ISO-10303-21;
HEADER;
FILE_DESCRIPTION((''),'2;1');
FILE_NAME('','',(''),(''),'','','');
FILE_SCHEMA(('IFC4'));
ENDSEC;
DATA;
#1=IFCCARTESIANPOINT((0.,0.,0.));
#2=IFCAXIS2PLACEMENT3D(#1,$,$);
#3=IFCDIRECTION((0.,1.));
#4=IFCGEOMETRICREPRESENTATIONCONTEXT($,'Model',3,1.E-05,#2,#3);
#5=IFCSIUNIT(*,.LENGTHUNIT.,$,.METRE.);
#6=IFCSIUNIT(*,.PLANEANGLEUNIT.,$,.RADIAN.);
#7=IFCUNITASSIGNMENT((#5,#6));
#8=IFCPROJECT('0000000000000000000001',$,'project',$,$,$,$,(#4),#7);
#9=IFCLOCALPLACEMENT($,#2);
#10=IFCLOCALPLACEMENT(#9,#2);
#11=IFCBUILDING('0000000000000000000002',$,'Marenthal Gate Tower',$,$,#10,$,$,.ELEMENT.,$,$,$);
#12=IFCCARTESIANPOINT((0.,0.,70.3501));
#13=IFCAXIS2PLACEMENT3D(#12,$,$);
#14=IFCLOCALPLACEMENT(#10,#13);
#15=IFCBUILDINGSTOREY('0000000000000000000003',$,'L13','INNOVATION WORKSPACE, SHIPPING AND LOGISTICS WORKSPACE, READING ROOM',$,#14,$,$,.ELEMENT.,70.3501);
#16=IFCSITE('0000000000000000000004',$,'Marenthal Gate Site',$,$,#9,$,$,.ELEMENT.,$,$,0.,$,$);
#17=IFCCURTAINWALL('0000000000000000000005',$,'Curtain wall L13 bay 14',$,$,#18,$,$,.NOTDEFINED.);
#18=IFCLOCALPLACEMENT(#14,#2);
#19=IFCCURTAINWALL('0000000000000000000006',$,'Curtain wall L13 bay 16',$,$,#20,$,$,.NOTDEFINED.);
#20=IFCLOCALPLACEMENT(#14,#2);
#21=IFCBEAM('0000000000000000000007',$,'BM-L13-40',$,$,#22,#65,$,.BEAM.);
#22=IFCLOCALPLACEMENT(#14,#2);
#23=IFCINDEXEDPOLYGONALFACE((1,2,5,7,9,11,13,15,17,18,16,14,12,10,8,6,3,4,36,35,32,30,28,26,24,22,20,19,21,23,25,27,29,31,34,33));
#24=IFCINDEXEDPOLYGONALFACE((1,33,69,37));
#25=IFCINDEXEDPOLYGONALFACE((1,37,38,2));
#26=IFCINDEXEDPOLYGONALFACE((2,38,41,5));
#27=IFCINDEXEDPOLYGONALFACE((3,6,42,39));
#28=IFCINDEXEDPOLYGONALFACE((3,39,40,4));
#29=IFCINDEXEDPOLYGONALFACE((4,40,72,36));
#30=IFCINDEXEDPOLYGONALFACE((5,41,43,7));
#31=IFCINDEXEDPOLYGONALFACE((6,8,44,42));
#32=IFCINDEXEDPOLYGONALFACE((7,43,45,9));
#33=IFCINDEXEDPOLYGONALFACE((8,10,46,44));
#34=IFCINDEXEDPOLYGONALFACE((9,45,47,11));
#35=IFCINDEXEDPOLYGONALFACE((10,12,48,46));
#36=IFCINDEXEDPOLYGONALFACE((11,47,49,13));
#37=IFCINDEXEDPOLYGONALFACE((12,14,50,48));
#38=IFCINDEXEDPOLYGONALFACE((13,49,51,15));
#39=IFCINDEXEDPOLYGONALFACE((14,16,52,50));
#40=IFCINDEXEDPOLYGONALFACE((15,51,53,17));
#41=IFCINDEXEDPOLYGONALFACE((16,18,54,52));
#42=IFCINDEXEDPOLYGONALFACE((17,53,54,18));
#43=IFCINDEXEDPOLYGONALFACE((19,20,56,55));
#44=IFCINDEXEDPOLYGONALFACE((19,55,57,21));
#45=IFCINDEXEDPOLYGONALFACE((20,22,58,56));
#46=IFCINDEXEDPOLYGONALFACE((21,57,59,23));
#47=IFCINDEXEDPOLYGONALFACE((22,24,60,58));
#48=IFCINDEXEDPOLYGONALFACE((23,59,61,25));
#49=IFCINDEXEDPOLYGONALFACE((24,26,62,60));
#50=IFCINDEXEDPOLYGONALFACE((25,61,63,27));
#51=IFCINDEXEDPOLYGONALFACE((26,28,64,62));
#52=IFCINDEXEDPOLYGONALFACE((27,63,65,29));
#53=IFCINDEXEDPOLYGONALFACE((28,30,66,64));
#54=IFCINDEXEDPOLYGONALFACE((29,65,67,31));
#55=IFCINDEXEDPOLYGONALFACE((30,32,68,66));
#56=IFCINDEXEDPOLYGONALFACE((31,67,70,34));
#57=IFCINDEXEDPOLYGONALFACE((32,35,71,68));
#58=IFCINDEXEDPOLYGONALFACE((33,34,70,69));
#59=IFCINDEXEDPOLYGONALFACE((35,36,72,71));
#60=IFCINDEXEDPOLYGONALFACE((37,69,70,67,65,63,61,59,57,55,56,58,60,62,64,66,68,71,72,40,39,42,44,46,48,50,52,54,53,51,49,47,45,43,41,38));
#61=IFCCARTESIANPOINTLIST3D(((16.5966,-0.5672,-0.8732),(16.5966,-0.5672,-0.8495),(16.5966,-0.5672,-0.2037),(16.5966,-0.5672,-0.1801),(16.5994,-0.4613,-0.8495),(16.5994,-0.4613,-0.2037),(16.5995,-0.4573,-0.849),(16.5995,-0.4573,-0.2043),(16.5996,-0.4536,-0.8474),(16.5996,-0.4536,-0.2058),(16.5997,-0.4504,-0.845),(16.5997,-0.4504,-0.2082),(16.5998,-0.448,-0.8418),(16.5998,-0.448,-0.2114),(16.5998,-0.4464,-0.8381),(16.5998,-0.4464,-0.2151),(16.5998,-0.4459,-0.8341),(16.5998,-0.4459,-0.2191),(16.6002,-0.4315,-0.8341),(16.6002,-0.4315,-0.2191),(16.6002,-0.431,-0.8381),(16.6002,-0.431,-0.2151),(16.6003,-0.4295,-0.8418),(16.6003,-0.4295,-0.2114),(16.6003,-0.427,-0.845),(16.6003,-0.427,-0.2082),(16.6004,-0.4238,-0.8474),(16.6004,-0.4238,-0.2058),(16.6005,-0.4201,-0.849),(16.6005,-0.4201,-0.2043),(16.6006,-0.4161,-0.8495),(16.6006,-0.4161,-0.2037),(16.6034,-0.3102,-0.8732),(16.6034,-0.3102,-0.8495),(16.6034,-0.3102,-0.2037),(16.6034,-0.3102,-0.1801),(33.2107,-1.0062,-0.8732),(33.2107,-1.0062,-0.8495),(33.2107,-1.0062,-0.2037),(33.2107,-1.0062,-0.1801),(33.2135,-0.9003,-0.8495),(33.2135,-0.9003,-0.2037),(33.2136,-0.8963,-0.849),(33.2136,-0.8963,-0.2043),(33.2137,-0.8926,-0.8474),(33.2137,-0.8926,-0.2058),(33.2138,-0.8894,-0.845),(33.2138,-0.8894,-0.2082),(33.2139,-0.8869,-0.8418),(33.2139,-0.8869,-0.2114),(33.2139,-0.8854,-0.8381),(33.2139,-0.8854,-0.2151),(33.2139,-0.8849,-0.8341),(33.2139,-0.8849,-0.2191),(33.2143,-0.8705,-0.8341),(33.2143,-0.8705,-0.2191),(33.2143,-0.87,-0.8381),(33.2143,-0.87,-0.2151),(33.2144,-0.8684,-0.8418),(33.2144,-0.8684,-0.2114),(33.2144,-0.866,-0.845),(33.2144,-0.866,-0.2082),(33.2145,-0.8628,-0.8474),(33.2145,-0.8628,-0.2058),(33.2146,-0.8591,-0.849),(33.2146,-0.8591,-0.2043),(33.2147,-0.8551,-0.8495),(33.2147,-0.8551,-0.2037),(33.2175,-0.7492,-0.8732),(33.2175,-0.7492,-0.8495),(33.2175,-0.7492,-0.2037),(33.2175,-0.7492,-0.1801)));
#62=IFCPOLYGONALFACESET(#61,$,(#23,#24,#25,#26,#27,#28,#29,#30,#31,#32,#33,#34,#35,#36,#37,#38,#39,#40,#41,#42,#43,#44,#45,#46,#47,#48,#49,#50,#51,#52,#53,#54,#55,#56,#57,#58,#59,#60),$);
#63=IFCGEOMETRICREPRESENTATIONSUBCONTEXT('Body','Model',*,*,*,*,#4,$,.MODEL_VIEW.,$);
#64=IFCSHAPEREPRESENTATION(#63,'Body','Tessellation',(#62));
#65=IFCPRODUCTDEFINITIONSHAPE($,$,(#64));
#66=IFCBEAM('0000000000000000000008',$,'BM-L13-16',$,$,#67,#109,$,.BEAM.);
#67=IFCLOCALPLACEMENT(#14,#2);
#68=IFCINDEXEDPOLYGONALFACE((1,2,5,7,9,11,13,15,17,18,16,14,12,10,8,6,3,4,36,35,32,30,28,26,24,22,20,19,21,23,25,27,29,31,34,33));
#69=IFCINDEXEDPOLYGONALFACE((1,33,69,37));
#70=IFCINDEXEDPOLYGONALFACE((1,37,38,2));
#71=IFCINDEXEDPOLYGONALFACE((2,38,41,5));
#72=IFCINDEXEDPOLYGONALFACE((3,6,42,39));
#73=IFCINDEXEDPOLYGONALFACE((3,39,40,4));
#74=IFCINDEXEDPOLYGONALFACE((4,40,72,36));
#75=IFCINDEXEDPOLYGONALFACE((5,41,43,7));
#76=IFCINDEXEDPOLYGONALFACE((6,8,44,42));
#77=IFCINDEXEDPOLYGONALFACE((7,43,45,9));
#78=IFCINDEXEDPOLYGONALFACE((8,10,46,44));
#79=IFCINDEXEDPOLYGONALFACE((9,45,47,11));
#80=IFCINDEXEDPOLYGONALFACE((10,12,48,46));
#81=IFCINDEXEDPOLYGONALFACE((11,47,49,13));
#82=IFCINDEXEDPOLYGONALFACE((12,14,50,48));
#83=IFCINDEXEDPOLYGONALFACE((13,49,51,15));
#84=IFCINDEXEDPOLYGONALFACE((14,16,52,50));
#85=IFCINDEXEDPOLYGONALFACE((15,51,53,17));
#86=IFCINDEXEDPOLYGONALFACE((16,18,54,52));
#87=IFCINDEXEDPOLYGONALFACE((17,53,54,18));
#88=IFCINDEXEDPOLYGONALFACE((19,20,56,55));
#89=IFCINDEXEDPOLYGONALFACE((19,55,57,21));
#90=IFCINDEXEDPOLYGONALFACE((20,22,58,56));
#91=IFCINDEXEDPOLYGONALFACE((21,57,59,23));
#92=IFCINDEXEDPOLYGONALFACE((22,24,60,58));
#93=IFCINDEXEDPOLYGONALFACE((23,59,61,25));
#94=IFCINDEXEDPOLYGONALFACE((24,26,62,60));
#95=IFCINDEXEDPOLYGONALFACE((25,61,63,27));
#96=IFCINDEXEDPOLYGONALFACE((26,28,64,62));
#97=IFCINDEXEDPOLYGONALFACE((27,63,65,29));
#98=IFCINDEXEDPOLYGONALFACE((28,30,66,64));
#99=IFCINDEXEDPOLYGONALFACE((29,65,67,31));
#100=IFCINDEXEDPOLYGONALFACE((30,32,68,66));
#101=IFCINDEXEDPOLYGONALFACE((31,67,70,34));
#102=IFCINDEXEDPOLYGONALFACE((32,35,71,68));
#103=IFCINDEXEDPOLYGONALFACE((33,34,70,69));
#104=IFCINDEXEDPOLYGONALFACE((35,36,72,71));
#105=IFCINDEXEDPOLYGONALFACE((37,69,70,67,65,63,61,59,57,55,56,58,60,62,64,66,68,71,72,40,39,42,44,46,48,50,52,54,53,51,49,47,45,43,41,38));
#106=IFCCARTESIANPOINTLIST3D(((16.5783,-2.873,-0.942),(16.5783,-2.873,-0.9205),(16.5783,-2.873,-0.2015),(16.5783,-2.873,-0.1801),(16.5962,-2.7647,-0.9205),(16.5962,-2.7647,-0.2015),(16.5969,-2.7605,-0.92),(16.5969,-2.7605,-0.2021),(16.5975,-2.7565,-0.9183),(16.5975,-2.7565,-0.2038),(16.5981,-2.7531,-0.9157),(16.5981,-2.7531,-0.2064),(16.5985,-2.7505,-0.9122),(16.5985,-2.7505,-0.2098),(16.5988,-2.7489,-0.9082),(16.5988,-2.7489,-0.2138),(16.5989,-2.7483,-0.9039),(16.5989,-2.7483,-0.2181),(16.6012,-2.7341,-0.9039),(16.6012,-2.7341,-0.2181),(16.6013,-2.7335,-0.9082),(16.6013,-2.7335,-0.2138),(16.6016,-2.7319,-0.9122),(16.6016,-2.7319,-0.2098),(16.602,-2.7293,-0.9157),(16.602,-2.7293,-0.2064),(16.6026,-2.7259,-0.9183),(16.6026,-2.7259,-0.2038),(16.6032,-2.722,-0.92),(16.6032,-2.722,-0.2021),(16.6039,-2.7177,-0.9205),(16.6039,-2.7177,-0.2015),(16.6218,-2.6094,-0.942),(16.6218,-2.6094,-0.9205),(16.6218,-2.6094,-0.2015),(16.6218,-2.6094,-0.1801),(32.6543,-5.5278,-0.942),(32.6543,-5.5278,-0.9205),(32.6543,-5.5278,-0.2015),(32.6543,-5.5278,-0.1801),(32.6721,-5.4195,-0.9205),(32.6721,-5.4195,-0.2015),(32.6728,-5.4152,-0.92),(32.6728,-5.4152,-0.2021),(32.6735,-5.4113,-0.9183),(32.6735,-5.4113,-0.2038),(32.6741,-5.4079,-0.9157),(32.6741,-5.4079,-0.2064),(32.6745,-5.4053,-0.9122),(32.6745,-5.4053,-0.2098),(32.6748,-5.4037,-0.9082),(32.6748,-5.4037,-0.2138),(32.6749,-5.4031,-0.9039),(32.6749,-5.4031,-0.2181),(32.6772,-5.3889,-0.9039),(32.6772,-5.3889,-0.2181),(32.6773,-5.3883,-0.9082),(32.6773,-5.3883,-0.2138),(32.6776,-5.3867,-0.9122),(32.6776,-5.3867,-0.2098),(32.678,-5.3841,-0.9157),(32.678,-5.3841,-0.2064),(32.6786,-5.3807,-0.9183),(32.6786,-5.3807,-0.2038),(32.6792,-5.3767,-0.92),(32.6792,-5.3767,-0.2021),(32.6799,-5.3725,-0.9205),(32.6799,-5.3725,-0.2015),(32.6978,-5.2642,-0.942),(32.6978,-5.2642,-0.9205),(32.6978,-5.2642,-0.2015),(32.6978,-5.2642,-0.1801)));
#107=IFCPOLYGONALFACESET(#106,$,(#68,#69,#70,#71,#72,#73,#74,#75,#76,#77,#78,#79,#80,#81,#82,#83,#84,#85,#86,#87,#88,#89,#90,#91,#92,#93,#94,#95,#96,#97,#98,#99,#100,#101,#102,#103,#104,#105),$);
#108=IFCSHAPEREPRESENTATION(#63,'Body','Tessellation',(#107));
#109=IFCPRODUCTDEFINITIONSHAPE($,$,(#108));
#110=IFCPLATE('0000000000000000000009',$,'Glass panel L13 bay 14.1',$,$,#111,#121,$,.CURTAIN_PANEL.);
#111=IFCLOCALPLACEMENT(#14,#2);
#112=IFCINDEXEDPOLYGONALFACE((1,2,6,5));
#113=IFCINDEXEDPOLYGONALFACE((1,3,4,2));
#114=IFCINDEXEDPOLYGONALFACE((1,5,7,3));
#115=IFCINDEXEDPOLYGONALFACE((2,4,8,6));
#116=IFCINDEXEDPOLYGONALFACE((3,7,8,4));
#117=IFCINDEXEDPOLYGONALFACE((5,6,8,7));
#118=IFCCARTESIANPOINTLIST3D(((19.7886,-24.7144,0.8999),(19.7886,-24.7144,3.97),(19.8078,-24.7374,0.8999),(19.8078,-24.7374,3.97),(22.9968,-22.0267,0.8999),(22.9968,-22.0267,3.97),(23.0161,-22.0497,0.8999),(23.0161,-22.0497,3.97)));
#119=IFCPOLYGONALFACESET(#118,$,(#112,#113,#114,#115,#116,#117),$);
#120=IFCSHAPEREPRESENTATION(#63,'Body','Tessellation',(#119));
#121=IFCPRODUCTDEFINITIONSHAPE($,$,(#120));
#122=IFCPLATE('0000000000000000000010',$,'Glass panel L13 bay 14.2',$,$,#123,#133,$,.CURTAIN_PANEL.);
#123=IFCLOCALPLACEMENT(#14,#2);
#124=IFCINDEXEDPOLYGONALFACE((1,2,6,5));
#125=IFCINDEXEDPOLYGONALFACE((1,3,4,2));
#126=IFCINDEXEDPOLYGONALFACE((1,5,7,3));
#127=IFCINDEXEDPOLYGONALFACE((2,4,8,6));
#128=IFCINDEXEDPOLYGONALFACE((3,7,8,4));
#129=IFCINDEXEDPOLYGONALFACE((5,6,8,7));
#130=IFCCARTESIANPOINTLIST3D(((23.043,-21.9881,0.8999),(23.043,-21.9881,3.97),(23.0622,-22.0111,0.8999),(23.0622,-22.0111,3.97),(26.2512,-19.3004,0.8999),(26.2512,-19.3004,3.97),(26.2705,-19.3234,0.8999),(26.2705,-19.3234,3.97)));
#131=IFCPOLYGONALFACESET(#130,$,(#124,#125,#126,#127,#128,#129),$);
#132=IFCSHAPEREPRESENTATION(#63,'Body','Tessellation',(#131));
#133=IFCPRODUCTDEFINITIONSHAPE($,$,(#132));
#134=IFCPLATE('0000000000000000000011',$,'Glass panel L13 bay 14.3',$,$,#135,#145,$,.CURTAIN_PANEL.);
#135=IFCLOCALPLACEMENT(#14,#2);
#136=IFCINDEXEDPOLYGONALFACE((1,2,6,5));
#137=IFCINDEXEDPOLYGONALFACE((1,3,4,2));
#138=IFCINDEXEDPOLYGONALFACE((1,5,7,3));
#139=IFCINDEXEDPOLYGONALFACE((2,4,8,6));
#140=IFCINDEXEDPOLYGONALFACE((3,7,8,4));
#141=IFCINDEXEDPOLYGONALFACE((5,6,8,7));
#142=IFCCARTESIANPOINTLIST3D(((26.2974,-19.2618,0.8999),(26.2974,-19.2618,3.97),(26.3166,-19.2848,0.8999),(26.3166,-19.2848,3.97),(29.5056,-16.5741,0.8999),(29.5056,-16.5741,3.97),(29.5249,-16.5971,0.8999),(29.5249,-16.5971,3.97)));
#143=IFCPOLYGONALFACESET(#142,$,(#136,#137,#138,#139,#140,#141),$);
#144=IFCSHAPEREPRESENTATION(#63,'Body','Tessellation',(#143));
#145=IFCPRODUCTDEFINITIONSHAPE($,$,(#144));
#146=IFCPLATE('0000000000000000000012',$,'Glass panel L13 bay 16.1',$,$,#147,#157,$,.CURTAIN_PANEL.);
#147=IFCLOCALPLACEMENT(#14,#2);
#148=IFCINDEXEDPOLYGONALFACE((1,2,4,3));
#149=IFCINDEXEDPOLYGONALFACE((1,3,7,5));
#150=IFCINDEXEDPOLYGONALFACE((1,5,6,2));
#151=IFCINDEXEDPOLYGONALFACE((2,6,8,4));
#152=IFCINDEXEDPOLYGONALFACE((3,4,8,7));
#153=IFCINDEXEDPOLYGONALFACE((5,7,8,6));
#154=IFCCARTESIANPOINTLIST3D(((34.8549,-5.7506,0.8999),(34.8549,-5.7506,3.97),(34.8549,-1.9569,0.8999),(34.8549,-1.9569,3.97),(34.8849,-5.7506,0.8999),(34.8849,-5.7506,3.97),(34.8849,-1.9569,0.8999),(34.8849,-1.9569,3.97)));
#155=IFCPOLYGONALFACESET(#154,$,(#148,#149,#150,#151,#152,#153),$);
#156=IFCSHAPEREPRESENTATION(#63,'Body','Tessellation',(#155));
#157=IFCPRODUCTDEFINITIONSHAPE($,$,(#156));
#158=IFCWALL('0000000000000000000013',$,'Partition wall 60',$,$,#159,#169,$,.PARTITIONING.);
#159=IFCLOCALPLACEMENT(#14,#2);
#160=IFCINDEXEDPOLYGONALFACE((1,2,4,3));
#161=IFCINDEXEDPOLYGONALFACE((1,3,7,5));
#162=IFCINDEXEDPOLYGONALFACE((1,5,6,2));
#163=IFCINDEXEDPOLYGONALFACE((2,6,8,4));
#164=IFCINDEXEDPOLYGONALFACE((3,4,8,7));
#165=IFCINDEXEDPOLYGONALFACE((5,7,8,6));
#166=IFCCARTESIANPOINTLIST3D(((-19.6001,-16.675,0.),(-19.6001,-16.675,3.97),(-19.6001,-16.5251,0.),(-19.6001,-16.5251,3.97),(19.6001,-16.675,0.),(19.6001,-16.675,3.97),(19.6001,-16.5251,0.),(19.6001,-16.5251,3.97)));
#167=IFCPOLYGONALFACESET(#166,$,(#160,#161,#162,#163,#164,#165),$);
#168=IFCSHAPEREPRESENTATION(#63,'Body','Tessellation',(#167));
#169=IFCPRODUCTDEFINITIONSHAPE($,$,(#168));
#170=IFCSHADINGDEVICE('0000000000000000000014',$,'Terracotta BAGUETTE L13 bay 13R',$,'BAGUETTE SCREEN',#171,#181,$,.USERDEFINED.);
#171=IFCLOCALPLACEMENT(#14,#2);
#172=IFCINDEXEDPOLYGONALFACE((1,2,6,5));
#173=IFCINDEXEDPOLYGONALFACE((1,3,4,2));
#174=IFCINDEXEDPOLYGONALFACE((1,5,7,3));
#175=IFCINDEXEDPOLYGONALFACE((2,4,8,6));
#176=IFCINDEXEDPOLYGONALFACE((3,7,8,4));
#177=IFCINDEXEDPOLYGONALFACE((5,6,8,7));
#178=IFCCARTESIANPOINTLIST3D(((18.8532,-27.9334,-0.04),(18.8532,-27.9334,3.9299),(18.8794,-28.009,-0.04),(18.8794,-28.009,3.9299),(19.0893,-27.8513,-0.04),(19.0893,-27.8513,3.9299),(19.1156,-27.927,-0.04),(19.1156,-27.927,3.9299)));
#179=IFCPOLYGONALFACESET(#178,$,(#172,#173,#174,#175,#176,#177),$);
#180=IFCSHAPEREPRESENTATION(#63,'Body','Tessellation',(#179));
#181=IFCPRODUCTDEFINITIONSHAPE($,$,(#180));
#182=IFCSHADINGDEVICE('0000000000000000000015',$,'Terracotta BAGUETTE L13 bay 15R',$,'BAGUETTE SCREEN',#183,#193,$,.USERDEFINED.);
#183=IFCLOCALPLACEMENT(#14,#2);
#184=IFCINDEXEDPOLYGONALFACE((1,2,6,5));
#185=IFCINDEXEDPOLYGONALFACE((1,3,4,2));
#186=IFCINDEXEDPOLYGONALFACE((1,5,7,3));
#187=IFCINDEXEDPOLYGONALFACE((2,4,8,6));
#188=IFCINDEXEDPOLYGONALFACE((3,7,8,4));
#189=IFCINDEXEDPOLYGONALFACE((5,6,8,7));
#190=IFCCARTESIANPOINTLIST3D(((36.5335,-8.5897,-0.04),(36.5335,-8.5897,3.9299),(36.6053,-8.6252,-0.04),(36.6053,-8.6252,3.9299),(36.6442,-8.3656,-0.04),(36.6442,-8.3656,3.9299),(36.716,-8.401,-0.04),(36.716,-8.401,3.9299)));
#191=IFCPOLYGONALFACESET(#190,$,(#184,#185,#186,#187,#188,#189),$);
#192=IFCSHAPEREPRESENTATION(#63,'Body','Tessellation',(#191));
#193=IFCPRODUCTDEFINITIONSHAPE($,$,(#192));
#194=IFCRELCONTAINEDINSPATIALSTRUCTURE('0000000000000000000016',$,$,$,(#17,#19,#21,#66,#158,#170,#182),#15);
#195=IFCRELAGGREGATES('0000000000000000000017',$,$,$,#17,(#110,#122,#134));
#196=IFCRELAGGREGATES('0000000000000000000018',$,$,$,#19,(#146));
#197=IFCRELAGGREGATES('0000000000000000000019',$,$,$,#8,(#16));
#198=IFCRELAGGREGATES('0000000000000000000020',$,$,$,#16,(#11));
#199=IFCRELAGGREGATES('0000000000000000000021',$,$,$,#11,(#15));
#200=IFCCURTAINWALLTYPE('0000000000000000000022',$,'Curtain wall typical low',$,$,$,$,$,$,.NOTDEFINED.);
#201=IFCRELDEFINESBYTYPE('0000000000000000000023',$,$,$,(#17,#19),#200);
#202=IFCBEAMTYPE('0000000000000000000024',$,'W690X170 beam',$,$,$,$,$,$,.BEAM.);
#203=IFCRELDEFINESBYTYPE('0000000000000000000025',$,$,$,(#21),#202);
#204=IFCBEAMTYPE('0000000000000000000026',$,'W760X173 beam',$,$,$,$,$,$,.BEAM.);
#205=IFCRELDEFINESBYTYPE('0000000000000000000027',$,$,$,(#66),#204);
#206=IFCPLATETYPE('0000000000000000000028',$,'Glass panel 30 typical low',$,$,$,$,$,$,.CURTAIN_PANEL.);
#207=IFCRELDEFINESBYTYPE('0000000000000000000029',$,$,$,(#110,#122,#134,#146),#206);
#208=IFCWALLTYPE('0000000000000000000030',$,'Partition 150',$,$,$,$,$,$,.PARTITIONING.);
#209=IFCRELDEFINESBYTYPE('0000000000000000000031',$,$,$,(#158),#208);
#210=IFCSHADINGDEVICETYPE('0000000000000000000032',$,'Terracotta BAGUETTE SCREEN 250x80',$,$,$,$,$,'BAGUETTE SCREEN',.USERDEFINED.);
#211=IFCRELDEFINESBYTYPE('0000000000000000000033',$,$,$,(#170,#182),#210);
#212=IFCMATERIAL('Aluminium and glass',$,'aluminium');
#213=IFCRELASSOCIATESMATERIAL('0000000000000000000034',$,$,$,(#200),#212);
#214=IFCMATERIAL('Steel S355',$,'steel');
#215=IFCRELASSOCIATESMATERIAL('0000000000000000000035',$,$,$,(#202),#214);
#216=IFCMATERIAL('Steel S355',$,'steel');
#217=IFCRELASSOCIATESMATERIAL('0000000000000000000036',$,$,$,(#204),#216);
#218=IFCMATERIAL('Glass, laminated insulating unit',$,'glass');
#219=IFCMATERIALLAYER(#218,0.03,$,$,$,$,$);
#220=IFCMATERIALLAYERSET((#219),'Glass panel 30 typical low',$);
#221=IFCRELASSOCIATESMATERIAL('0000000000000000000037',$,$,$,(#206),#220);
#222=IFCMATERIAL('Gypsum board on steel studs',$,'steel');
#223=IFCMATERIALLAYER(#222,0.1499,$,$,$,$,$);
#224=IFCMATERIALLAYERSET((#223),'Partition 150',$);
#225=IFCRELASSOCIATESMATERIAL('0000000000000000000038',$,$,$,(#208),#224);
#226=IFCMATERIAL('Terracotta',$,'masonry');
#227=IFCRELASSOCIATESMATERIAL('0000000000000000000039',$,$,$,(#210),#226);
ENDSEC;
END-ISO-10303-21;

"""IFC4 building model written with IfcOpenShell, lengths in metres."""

from ifc_helpers import new_model, si_unit, direction, frame, frame_2d, origin, origin_2d, place, context, subcontext, project, spatial, rectangle, i_section, extrude, material, layer, layer_set, material_profile, profile_set, type_object, element, aggregate, save


model = new_model("IFC4")

# Units and contexts
model_context = context("Model", 3, precision=1e-05, world=origin(), true_north=direction((0.0, 1.0)))
body_context = subcontext(model_context, "Body", "Model", "MODEL_VIEW")
ifc_project = project(units=[si_unit("LENGTHUNIT", "METRE"), si_unit("PLANEANGLEUNIT", "RADIAN")], contexts=[model_context])

# Site, building, storey
site_placement = place(None, origin())
site = spatial("IfcSite", under=ifc_project, at=site_placement, Name="Marenthal Gate Site", CompositionType="ELEMENT", RefElevation=0.0)
building_placement = place(site_placement, origin())
building = spatial("IfcBuilding", under=site, at=building_placement, Name="Marenthal Gate Tower", CompositionType="ELEMENT")
storey_placement = place(building_placement, frame((0.0, 0.0, 70.3501)))
storey = spatial("IfcBuildingStorey", under=building, at=storey_placement, Name="L13", Description="INNOVATION WORKSPACE, SHIPPING AND LOGISTICS WORKSPACE, READING ROOM", CompositionType="ELEMENT", Elevation=70.3501)

# Curtain walls
ifc_material_1 = material(Name="Aluminium and glass", Category="aluminium")
curtain_wall_type = type_object("IfcCurtainWallType", Name="Curtain wall typical low", PredefinedType="NOTDEFINED", material=ifc_material_1)
curtain_wall_1_placement = place(storey_placement, origin())
curtain_wall_1 = element("IfcCurtainWall", 1, at=curtain_wall_1_placement, inside=storey, type_object=curtain_wall_type, Name="Curtain wall L13 bay 14", PredefinedType="NOTDEFINED")
curtain_wall_2_placement = place(storey_placement, origin())
curtain_wall_2 = element("IfcCurtainWall", 2, at=curtain_wall_2_placement, inside=storey, type_object=curtain_wall_type, Name="Curtain wall L13 bay 16", PredefinedType="NOTDEFINED")

# Beams
ifc_material_2 = material(Name="Steel S355", Category="steel")
ifc_material_profile_1 = material_profile(ifc_material_2, i_section(OverallWidth=0.2571, OverallDepth=0.6931, WebThickness=0.0144, FlangeThickness=0.0237, FilletRadius=0.0154, at=origin_2d()), Name="W690X170")
ifc_profile_set_1 = profile_set([ifc_material_profile_1], Name="Steel S355")
beam_type_1 = type_object("IfcBeamType", Name="W690X170 beam", PredefinedType="BEAM", material=ifc_profile_set_1)
beam_1_placement = place(storey_placement, frame((33.2141, -0.8777, -0.5266), z_axis=(-0.999651, 0.026412, 0.0), x_axis=(-0.026412, -0.999651, 0.0)))
element("IfcBeam", 3, at=beam_1_placement, inside=storey, type_object=beam_type_1, Name="BM-L13-40", PredefinedType="BEAM", context=body_context, shape_type="SweptSolid", body=[
    extrude(i_section(OverallWidth=0.2571, OverallDepth=0.6931, WebThickness=0.0144, FlangeThickness=0.0237, FilletRadius=0.0154, at=origin_2d()), origin(), (0.0, 0.0, 1.0), 16.6199),
])
ifc_material_3 = material(Name="Steel S355", Category="steel")
ifc_material_profile_2 = material_profile(ifc_material_3, i_section(OverallWidth=0.2671, OverallDepth=0.762, WebThickness=0.0144, FlangeThickness=0.0215, FilletRadius=0.0166, at=origin_2d()), Name="W760X173")
ifc_profile_set_2 = profile_set([ifc_material_profile_2], Name="Steel S355")
beam_type_2 = type_object("IfcBeamType", Name="W760X173 beam", PredefinedType="BEAM", material=ifc_profile_set_2)
beam_2_placement = place(storey_placement, frame((32.676, -5.396, -0.561), z_axis=(-0.986637, 0.162934, 0.0), x_axis=(-0.162934, -0.986637, 0.0)))
element("IfcBeam", 4, at=beam_2_placement, inside=storey, type_object=beam_type_2, Name="BM-L13-16", PredefinedType="BEAM", context=body_context, shape_type="SweptSolid", body=[
    extrude(i_section(OverallWidth=0.2671, OverallDepth=0.762, WebThickness=0.0144, FlangeThickness=0.0215, FilletRadius=0.0166, at=origin_2d()), origin(), (0.0, 0.0, 1.0), 16.2937),
])

# Plates
ifc_material_4 = material(Name="Glass, laminated insulating unit", Category="glass")
ifc_layer_1 = layer(ifc_material_4, 0.03)
ifc_layer_set_1 = layer_set([ifc_layer_1], Name="Glass panel 30 typical low")
plate_type = type_object("IfcPlateType", Name="Glass panel 30 typical low", PredefinedType="CURTAIN_PANEL", material=ifc_layer_set_1)
plate_1_placement = place(storey_placement, frame((21.4023, -23.3821, 0.8999), z_axis=(0.0, 0.0, 1.0), x_axis=(0.766557, 0.642176, 0.0)))
plate_1 = element("IfcPlate", 5, at=plate_1_placement, type_object=plate_type, Name="Glass panel L13 bay 14.1", PredefinedType="CURTAIN_PANEL", context=body_context, shape_type="SweptSolid", body=[
    extrude(rectangle(XDim=4.1853, YDim=0.03, at=origin_2d()), origin(), (0.0, 0.0, 1.0), 3.0701),
])
plate_2_placement = place(storey_placement, frame((24.6567, -20.6558, 0.8999), z_axis=(0.0, 0.0, 1.0), x_axis=(0.766557, 0.642176, 0.0)))
plate_2 = element("IfcPlate", 6, at=plate_2_placement, type_object=plate_type, Name="Glass panel L13 bay 14.2", PredefinedType="CURTAIN_PANEL", context=body_context, shape_type="SweptSolid", body=[
    extrude(rectangle(XDim=4.1853, YDim=0.03, at=origin_2d()), origin(), (0.0, 0.0, 1.0), 3.0701),
])
plate_3_placement = place(storey_placement, frame((27.9111, -17.9294, 0.8999), z_axis=(0.0, 0.0, 1.0), x_axis=(0.766557, 0.642176, 0.0)))
plate_3 = element("IfcPlate", 7, at=plate_3_placement, type_object=plate_type, Name="Glass panel L13 bay 14.3", PredefinedType="CURTAIN_PANEL", context=body_context, shape_type="SweptSolid", body=[
    extrude(rectangle(XDim=4.1853, YDim=0.03, at=origin_2d()), origin(), (0.0, 0.0, 1.0), 3.0701),
])
aggregate(curtain_wall_1, [plate_1, plate_2, plate_3])
plate_4_placement = place(storey_placement, frame((34.8699, -3.8538, 0.8999), z_axis=(0.0, 0.0, 1.0), x_axis=(0.0, 1.0, 0.0)))
plate_4 = element("IfcPlate", 8, at=plate_4_placement, type_object=plate_type, Name="Glass panel L13 bay 16.1", PredefinedType="CURTAIN_PANEL", context=body_context, shape_type="SweptSolid", body=[
    extrude(rectangle(XDim=3.7937, YDim=0.03, at=origin_2d()), origin(), (0.0, 0.0, 1.0), 3.0701),
])
aggregate(curtain_wall_2, [plate_4])

# Wall
ifc_material_5 = material(Name="Gypsum board on steel studs", Category="steel")
ifc_layer_2 = layer(ifc_material_5, 0.1499)
ifc_layer_set_2 = layer_set([ifc_layer_2], Name="Partition 150")
wall_type_1 = type_object("IfcWallType", Name="Partition 150", PredefinedType="PARTITIONING", material=ifc_layer_set_2)
wall_1_placement = place(storey_placement, frame((19.6001, -16.6001, 0.0), z_axis=(0.0, 0.0, 1.0), x_axis=(-1.0, 0.0, 0.0)))
element("IfcWall", 9, at=wall_1_placement, inside=storey, type_object=wall_type_1, Name="Partition wall 60", PredefinedType="PARTITIONING", context=body_context, shape_type="SweptSolid", body=[
    extrude(rectangle(XDim=39.2002, YDim=0.1499, at=frame_2d((19.6001, 0.0))), origin(), (0.0, 0.0, 1.0), 3.97),
])

# Shading devices
ifc_material_6 = material(Name="Terracotta", Category="masonry")
ifc_material_profile_3 = material_profile(ifc_material_6, rectangle(XDim=0.25, YDim=0.0801, at=origin_2d()), Name="Terracotta baguette 250x80")
ifc_profile_set_3 = profile_set([ifc_material_profile_3], Name="Terracotta")
shading_device_type = type_object("IfcShadingDeviceType", Name="Terracotta BAGUETTE SCREEN 250x80", ElementType="BAGUETTE SCREEN", PredefinedType="USERDEFINED", material=ifc_profile_set_3)
for number, where, z_axis, x_axis, name in (
    (10, (18.9844, -27.9302, -0.04), (0.0, 0.0, 1.0), (0.944657, 0.328061, 0.0), "Terracotta BAGUETTE L13 bay 13R"),
    (11, (36.6248, -8.4954, -0.04), (0.0, 0.0, 1.0), (0.442939, 0.896552, 0.0), "Terracotta BAGUETTE L13 bay 15R"),
):
    element("IfcShadingDevice", number, at=place(storey_placement, frame(where, z_axis=z_axis, x_axis=x_axis)), inside=storey, type_object=shading_device_type, Name=name, ObjectType="BAGUETTE SCREEN", PredefinedType="USERDEFINED", context=body_context, shape_type="SweptSolid", body=[
        extrude(rectangle(XDim=0.25, YDim=0.0801, at=origin_2d()), origin(), (0.0, 0.0, 1.0), 3.97),
    ])

save(model, "model.ifc")
